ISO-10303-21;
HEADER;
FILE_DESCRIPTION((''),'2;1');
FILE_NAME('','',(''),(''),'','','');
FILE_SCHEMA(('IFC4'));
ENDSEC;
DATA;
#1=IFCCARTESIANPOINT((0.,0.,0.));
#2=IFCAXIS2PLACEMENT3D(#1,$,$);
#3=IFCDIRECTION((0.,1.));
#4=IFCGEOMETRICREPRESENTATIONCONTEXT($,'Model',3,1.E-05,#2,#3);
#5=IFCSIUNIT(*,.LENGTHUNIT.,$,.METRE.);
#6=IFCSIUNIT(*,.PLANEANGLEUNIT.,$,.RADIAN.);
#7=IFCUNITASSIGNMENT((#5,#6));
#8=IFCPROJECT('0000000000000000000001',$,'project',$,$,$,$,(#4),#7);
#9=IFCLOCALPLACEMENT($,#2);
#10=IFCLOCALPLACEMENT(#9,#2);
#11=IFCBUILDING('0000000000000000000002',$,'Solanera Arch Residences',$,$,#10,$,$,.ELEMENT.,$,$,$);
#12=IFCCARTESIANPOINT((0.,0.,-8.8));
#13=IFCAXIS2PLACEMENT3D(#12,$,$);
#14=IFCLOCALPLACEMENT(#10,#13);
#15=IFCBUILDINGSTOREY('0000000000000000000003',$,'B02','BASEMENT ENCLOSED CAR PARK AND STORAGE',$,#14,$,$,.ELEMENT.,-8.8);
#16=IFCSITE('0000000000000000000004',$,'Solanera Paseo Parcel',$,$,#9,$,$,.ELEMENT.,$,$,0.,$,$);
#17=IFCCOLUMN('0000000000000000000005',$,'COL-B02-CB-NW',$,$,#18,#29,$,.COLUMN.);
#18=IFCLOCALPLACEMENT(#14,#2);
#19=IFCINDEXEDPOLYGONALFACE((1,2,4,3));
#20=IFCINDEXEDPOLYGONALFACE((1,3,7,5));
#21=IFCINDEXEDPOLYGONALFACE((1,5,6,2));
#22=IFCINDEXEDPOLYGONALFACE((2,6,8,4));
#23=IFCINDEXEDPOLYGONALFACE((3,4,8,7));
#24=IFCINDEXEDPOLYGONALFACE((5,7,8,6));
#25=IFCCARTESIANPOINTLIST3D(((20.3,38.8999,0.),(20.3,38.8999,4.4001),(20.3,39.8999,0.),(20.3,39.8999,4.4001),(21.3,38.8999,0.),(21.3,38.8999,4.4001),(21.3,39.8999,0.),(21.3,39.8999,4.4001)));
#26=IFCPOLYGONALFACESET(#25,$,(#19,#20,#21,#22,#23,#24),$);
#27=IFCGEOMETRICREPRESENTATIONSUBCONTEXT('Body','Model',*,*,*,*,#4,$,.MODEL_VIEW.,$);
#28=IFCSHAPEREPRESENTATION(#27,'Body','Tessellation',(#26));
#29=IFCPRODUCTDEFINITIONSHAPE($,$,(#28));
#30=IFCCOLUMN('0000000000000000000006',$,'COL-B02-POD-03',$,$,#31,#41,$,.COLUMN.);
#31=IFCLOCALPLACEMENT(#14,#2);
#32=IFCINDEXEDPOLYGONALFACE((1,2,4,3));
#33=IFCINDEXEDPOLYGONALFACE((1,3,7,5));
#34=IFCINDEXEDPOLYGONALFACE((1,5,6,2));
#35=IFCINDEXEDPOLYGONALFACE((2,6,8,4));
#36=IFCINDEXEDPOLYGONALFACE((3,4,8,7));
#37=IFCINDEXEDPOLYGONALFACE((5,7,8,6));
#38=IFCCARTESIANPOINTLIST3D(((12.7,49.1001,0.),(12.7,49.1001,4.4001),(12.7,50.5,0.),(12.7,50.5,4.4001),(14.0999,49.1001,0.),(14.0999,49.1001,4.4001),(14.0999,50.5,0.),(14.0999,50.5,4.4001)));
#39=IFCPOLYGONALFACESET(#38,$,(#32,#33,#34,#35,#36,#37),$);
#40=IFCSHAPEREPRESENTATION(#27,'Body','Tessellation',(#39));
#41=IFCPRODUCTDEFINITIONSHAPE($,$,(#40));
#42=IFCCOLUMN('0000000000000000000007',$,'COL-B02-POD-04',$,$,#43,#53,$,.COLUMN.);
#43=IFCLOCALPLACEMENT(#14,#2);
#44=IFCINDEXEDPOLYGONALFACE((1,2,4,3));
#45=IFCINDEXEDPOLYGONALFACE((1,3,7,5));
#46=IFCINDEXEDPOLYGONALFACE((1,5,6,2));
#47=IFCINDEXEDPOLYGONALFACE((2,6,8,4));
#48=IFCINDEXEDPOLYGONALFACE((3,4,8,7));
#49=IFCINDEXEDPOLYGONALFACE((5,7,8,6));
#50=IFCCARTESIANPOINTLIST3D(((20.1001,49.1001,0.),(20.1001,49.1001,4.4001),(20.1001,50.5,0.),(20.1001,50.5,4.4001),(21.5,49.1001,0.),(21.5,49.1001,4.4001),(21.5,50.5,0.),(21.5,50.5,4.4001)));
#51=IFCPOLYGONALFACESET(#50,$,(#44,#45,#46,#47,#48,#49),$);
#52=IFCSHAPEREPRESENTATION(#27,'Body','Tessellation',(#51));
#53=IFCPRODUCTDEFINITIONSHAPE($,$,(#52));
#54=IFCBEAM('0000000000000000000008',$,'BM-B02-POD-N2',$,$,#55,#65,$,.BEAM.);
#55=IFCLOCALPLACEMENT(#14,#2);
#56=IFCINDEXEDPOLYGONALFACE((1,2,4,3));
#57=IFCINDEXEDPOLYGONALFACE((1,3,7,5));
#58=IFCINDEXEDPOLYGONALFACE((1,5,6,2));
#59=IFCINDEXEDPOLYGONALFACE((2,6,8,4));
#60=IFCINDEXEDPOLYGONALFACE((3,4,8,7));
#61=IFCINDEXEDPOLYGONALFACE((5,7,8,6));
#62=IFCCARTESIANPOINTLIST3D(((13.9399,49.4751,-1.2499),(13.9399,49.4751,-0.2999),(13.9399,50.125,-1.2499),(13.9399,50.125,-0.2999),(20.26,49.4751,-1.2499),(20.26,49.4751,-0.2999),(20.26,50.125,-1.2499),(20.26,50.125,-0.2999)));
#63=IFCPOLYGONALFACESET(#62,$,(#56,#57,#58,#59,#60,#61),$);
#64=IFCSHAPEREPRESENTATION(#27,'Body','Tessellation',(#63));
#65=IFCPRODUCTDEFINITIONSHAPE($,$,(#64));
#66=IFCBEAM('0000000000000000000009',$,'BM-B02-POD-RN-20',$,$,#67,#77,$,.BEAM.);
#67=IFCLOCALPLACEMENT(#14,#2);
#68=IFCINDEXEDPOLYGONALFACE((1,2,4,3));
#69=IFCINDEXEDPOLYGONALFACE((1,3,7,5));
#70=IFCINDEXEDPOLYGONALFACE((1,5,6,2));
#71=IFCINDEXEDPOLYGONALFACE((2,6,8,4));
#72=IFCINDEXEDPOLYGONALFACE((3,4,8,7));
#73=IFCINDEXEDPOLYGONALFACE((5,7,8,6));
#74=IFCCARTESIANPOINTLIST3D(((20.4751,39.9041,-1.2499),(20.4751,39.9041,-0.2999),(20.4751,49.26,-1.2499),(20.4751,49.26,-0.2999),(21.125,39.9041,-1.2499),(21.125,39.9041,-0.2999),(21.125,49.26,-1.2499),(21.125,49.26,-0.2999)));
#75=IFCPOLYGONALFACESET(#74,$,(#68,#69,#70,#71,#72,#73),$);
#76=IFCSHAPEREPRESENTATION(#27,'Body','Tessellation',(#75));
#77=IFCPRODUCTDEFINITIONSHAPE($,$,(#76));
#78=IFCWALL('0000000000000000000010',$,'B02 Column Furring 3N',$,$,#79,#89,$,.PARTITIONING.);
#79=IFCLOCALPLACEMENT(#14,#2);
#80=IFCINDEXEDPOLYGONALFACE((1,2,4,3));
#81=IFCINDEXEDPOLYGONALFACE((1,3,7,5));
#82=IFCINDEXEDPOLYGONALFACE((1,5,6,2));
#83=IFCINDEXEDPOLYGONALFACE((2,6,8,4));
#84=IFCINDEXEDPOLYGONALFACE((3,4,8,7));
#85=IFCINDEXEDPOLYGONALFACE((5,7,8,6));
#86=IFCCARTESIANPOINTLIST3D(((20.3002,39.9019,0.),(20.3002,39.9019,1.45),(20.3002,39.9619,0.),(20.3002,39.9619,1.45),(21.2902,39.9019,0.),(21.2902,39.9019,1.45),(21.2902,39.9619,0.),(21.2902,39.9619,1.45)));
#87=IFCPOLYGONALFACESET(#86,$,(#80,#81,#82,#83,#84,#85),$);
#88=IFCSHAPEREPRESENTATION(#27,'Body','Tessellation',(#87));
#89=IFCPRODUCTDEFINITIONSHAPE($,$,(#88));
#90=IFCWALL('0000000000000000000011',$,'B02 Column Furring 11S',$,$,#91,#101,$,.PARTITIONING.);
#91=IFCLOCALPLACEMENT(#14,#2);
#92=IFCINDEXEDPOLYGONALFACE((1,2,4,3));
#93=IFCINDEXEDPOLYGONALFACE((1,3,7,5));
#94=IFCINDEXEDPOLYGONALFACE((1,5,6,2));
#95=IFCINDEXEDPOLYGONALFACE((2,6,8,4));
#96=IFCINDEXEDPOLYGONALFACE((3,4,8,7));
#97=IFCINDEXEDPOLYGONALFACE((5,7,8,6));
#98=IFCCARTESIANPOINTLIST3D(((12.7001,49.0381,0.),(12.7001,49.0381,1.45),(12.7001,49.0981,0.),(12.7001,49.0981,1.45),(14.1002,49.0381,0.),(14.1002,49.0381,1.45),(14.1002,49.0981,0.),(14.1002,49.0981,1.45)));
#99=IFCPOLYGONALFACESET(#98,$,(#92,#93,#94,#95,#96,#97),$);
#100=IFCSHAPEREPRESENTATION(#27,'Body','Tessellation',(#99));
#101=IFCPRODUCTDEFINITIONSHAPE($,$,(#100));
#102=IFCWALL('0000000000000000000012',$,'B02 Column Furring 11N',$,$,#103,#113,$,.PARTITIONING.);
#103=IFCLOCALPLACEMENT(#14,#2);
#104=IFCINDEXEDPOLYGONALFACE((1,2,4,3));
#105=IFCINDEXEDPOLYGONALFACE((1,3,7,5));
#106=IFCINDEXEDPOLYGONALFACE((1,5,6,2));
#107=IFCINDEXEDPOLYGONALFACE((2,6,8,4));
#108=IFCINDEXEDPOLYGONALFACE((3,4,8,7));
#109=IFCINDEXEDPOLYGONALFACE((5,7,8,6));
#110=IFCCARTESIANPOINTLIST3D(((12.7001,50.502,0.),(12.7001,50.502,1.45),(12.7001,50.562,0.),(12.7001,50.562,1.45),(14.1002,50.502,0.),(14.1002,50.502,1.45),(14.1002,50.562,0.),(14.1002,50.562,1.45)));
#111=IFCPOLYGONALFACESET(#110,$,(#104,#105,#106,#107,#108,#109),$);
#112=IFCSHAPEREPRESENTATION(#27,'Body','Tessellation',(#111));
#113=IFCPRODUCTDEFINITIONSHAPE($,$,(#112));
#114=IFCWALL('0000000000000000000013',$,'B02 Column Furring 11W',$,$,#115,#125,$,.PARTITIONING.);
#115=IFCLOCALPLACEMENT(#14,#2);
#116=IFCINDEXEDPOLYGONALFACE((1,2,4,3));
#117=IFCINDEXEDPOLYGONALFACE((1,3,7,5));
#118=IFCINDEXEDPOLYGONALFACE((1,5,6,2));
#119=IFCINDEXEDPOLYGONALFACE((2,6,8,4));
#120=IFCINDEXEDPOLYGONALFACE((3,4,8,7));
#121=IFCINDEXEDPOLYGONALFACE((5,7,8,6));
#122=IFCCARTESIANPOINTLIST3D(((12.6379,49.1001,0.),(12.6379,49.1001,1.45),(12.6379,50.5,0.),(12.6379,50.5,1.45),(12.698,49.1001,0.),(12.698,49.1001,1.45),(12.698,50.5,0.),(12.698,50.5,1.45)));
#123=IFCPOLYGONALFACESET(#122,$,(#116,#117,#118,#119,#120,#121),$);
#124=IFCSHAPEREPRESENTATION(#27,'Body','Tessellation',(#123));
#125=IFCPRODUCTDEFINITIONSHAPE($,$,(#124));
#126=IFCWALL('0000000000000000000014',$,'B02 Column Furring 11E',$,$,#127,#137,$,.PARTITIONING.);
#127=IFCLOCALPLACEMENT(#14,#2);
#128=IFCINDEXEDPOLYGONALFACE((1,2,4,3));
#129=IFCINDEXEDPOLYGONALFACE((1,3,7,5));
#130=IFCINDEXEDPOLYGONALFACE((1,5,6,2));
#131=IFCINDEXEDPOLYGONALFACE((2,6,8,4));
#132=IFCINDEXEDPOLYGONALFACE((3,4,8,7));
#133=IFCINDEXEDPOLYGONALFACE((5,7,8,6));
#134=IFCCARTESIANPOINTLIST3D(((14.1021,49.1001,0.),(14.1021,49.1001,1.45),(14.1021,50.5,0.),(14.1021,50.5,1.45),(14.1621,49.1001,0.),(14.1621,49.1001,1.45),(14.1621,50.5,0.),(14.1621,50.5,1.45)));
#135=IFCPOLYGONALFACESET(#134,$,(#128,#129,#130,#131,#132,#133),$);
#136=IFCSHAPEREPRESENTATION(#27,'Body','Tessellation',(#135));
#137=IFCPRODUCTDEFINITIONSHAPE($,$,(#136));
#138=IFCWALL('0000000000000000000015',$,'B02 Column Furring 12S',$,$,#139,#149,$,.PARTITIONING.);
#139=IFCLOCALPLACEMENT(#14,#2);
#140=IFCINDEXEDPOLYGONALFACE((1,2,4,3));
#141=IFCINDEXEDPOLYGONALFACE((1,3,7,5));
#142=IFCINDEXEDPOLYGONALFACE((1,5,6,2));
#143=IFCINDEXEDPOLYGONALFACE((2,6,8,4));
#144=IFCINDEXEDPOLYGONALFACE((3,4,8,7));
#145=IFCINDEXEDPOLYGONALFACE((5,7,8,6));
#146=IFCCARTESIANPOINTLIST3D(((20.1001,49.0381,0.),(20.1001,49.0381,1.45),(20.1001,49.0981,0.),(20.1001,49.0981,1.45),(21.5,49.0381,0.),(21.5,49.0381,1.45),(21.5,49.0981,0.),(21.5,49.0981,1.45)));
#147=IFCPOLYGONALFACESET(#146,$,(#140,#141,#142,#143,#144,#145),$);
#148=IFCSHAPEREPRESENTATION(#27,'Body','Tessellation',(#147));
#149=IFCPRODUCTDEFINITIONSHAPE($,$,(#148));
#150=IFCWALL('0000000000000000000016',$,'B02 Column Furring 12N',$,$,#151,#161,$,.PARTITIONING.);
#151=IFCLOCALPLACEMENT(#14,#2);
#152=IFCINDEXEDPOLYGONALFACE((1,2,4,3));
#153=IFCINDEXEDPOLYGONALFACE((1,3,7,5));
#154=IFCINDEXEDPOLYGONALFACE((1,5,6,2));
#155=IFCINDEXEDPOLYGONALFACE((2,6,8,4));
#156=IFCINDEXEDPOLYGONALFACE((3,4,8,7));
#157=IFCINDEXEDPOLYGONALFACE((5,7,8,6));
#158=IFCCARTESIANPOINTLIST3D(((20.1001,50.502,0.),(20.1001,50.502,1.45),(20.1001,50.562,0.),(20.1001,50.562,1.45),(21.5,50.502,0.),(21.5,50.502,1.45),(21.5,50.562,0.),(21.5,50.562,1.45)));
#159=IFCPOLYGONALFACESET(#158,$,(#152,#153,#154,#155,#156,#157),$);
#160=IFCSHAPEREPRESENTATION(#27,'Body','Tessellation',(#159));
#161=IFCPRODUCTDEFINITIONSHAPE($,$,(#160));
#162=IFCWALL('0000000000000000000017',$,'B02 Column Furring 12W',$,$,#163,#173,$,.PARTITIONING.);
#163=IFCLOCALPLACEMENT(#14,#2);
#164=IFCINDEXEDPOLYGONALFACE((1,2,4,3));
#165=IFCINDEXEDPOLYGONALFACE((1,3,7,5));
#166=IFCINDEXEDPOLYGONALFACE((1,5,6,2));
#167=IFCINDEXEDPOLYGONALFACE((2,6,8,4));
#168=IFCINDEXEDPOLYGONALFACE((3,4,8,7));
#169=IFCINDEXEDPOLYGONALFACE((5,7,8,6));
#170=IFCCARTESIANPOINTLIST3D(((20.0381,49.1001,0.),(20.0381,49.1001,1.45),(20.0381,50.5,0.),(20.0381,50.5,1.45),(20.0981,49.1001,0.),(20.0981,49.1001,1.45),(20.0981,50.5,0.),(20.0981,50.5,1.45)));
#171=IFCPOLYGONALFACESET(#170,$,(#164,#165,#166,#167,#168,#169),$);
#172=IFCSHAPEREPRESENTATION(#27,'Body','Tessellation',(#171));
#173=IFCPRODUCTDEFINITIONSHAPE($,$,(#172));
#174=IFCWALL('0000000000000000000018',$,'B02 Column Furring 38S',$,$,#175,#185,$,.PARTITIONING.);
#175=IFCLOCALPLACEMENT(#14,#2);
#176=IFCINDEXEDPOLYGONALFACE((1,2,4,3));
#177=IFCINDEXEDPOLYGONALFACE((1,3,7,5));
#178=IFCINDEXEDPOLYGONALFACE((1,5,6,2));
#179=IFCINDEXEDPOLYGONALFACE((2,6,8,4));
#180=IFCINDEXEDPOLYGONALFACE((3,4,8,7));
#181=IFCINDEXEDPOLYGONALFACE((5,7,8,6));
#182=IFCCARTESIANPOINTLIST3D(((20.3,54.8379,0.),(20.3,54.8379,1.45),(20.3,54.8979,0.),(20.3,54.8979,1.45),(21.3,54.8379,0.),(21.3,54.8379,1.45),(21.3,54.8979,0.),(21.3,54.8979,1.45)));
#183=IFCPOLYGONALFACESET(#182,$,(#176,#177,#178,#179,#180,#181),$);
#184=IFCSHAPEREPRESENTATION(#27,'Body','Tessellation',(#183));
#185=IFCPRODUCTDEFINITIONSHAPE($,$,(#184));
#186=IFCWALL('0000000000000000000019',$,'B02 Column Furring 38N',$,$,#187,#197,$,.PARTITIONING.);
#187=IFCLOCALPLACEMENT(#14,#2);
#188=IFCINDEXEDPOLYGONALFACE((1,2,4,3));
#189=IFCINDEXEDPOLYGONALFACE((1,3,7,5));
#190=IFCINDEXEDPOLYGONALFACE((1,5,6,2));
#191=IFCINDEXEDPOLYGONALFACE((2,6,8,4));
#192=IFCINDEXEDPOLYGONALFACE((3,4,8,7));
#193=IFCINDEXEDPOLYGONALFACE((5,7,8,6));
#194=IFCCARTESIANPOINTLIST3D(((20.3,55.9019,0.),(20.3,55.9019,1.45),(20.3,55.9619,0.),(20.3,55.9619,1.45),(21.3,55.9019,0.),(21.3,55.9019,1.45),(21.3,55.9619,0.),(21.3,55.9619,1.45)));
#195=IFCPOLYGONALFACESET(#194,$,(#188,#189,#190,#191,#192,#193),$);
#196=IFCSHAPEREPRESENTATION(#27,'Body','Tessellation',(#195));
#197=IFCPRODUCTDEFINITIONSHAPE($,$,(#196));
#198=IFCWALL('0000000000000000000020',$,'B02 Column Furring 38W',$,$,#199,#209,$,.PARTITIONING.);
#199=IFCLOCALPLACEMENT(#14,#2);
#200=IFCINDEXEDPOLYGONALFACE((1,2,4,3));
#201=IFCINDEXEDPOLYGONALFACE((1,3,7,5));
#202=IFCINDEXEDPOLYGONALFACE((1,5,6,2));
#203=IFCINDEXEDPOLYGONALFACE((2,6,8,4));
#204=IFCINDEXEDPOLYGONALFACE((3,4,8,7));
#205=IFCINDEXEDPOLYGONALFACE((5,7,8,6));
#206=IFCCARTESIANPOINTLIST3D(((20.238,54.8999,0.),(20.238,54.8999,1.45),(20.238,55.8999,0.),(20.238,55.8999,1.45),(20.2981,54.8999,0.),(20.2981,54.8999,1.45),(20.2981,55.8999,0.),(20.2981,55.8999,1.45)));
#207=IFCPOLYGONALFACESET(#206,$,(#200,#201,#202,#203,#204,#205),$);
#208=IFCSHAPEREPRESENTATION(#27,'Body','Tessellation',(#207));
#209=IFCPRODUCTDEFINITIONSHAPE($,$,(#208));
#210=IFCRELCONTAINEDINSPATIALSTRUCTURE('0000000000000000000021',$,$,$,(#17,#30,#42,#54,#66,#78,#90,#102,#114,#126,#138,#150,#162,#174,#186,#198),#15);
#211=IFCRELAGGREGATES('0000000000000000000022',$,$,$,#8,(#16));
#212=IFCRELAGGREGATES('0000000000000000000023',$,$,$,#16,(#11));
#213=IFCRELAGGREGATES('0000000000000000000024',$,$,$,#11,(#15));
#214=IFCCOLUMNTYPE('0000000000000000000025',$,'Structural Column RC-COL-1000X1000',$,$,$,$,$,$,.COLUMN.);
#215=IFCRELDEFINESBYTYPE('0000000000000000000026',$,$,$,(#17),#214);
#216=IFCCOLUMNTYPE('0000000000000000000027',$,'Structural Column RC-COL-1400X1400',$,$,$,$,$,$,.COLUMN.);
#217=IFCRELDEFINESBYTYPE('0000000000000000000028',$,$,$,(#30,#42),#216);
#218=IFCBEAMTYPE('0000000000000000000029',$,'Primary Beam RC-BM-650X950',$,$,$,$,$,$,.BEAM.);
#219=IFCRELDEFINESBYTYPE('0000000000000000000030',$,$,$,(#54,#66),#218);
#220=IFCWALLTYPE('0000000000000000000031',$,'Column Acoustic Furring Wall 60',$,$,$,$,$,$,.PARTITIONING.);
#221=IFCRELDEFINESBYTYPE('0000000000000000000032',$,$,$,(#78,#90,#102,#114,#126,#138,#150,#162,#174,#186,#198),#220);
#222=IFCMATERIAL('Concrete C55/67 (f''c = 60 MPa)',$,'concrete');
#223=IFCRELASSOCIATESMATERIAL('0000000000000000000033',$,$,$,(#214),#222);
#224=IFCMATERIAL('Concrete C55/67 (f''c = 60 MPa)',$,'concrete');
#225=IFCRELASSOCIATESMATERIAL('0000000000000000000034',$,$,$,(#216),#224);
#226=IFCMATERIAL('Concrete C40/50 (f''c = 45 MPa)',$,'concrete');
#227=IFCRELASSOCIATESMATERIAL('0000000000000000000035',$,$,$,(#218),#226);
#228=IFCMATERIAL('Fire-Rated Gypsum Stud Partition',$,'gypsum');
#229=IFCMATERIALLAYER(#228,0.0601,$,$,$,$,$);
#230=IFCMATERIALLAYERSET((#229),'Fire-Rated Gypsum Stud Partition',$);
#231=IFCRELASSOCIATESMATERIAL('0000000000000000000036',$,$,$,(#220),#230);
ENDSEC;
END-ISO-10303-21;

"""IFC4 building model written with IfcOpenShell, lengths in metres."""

from ifc_helpers import new_model, si_unit, direction, frame, frame_2d, origin, origin_2d, place, context, subcontext, project, spatial, rectangle, extrude, material, layer, layer_set, material_profile, profile_set, type_object, element, save


model = new_model("IFC4")

# Units and contexts
model_context = context("Model", 3, precision=1e-05, world=origin(), true_north=direction((0.0, 1.0)))
body_context = subcontext(model_context, "Body", "Model", "MODEL_VIEW")
ifc_project = project(units=[si_unit("LENGTHUNIT", "METRE"), si_unit("PLANEANGLEUNIT", "RADIAN")], contexts=[model_context])

# Site, building, storey
site_placement = place(None, origin())
site = spatial("IfcSite", under=ifc_project, at=site_placement, Name="Solanera Paseo Parcel", CompositionType="ELEMENT", RefElevation=0.0)
building_placement = place(site_placement, origin())
building = spatial("IfcBuilding", under=site, at=building_placement, Name="Solanera Arch Residences", CompositionType="ELEMENT")
storey_placement = place(building_placement, frame((0.0, 0.0, -8.8)))
storey = spatial("IfcBuildingStorey", under=building, at=storey_placement, Name="B02", Description="BASEMENT ENCLOSED CAR PARK AND STORAGE", CompositionType="ELEMENT", Elevation=-8.8)

# Columns
ifc_material_1 = material(Name="Concrete C55/67 (f'c = 60 MPa)", Category="concrete")
ifc_material_profile_1 = material_profile(ifc_material_1, rectangle(XDim=1.0, YDim=1.0, at=origin_2d()))
ifc_profile_set_1 = profile_set([ifc_material_profile_1], Name="Concrete C55/67 (f'c = 60 MPa)")
column_type_1 = type_object("IfcColumnType", Name="Structural Column RC-COL-1000X1000", PredefinedType="COLUMN", material=ifc_profile_set_1)
column_placement = place(storey_placement, frame((20.8, 39.3999, 0.0), z_axis=(0.0, 0.0, 1.0), x_axis=(1.0, 0.0, 0.0)))
element("IfcColumn", 1, at=column_placement, inside=storey, type_object=column_type_1, Name="COL-B02-CB-NW", PredefinedType="COLUMN", context=body_context, shape_type="SweptSolid", body=[
    extrude(rectangle(XDim=1.0, YDim=1.0, at=origin_2d()), origin(), (0.0, 0.0, 1.0), 4.4001),
])
ifc_material_2 = material(Name="Concrete C55/67 (f'c = 60 MPa)", Category="concrete")
ifc_material_profile_2 = material_profile(ifc_material_2, rectangle(XDim=1.3999, YDim=1.3999, at=origin_2d()))
ifc_profile_set_2 = profile_set([ifc_material_profile_2], Name="Concrete C55/67 (f'c = 60 MPa)")
column_type_2 = type_object("IfcColumnType", Name="Structural Column RC-COL-1400X1400", PredefinedType="COLUMN", material=ifc_profile_set_2)
for number, where, z_axis, x_axis, name in (
    (2, (13.3999, 49.8, 0.0), (0.0, 0.0, 1.0), (1.0, 0.0, 0.0), "COL-B02-POD-03"),
    (3, (20.8, 49.8, 0.0), (0.0, 0.0, 1.0), (1.0, 0.0, 0.0), "COL-B02-POD-04"),
):
    element("IfcColumn", number, at=place(storey_placement, frame(where, z_axis=z_axis, x_axis=x_axis)), inside=storey, type_object=column_type_2, Name=name, PredefinedType="COLUMN", context=body_context, shape_type="SweptSolid", body=[
        extrude(rectangle(XDim=1.3999, YDim=1.3999, at=origin_2d()), origin(), (0.0, 0.0, 1.0), 4.4001),
    ])

# Beams
ifc_material_3 = material(Name="Concrete C40/50 (f'c = 45 MPa)", Category="concrete")
ifc_material_profile_3 = material_profile(ifc_material_3, rectangle(XDim=0.6499, YDim=0.95, at=origin_2d()))
ifc_profile_set_3 = profile_set([ifc_material_profile_3], Name="Concrete C40/50 (f'c = 45 MPa)")
beam_type = type_object("IfcBeamType", Name="Primary Beam RC-BM-650X950", PredefinedType="BEAM", material=ifc_profile_set_3)
beam_1_placement = place(storey_placement, frame((13.9399, 49.8, -0.7749), z_axis=(1.0, 0.0, 0.0), x_axis=(0.0, 1.0, 0.0)))
element("IfcBeam", 4, at=beam_1_placement, inside=storey, type_object=beam_type, Name="BM-B02-POD-N2", PredefinedType="BEAM", context=body_context, shape_type="SweptSolid", body=[
    extrude(rectangle(XDim=0.6499, YDim=0.95, at=origin_2d()), origin(), (0.0, 0.0, 1.0), 6.3201),
])
beam_2_placement = place(storey_placement, frame((20.8, 39.9041, -0.7749), z_axis=(0.0, 1.0, 0.0), x_axis=(-1.0, 0.0, 0.0)))
element("IfcBeam", 5, at=beam_2_placement, inside=storey, type_object=beam_type, Name="BM-B02-POD-RN-20", PredefinedType="BEAM", context=body_context, shape_type="SweptSolid", body=[
    extrude(rectangle(XDim=0.6499, YDim=0.95, at=origin_2d()), origin(), (0.0, 0.0, 1.0), 9.356),
])

# Walls
ifc_material_4 = material(Name="Fire-Rated Gypsum Stud Partition", Category="gypsum")
ifc_layer = layer(ifc_material_4, 0.0601)
ifc_layer_set = layer_set([ifc_layer], Name="Fire-Rated Gypsum Stud Partition")
wall_type = type_object("IfcWallType", Name="Column Acoustic Furring Wall 60", PredefinedType="PARTITIONING", material=ifc_layer_set)
wall_placement = place(storey_placement, frame((20.3, 39.9319, 0.0), z_axis=(0.0, 0.0, 1.0), x_axis=(1.0, 0.0, 0.0)))
element("IfcWall", 6, at=wall_placement, inside=storey, type_object=wall_type, Name="B02 Column Furring 3N", PredefinedType="PARTITIONING", context=body_context, shape_type="SweptSolid", body=[
    extrude(rectangle(XDim=0.99, YDim=0.0601, at=frame_2d((0.4951, 0.0))), origin(), (0.0, 0.0, 1.0), 1.45),
])
for number, where, z_axis, x_axis, name in (
    (7, (12.7, 49.0681, 0.0), (0.0, 0.0, 1.0), (1.0, 0.0, 0.0), "B02 Column Furring 11S"),
    (8, (12.7, 50.532, 0.0), (0.0, 0.0, 1.0), (1.0, 0.0, 0.0), "B02 Column Furring 11N"),
):
    element("IfcWall", number, at=place(storey_placement, frame(where, z_axis=z_axis, x_axis=x_axis)), inside=storey, type_object=wall_type, Name=name, PredefinedType="PARTITIONING", context=body_context, shape_type="SweptSolid", body=[
        extrude(rectangle(XDim=1.4001, YDim=0.0601, at=frame_2d((0.7002, 0.0))), origin(), (0.0, 0.0, 1.0), 1.45),
    ])
for number, where, z_axis, x_axis, name in (
    (9, (12.668, 49.1001, 0.0), (0.0, 0.0, 1.0), (0.0, 1.0, 0.0), "B02 Column Furring 11W"),
    (10, (14.1321, 49.1001, 0.0), (0.0, 0.0, 1.0), (0.0, 1.0, 0.0), "B02 Column Furring 11E"),
    (11, (20.1001, 49.0681, 0.0), (0.0, 0.0, 1.0), (1.0, 0.0, 0.0), "B02 Column Furring 12S"),
    (12, (20.1001, 50.532, 0.0), (0.0, 0.0, 1.0), (1.0, 0.0, 0.0), "B02 Column Furring 12N"),
    (13, (20.0681, 49.1001, 0.0), (0.0, 0.0, 1.0), (0.0, 1.0, 0.0), "B02 Column Furring 12W"),
):
    element("IfcWall", number, at=place(storey_placement, frame(where, z_axis=z_axis, x_axis=x_axis)), inside=storey, type_object=wall_type, Name=name, PredefinedType="PARTITIONING", context=body_context, shape_type="SweptSolid", body=[
        extrude(rectangle(XDim=1.3999, YDim=0.0601, at=frame_2d((0.7, 0.0))), origin(), (0.0, 0.0, 1.0), 1.45),
    ])
for number, where, z_axis, x_axis, name in (
    (14, (20.3, 54.8679, 0.0), (0.0, 0.0, 1.0), (1.0, 0.0, 0.0), "B02 Column Furring 38S"),
    (15, (20.3, 55.9319, 0.0), (0.0, 0.0, 1.0), (1.0, 0.0, 0.0), "B02 Column Furring 38N"),
    (16, (20.2681, 54.8999, 0.0), (0.0, 0.0, 1.0), (0.0, 1.0, 0.0), "B02 Column Furring 38W"),
):
    element("IfcWall", number, at=place(storey_placement, frame(where, z_axis=z_axis, x_axis=x_axis)), inside=storey, type_object=wall_type, Name=name, PredefinedType="PARTITIONING", context=body_context, shape_type="SweptSolid", body=[
        extrude(rectangle(XDim=1.0, YDim=0.0601, at=frame_2d((0.5, 0.0))), origin(), (0.0, 0.0, 1.0), 1.45),
    ])

save(model, "model.ifc")
